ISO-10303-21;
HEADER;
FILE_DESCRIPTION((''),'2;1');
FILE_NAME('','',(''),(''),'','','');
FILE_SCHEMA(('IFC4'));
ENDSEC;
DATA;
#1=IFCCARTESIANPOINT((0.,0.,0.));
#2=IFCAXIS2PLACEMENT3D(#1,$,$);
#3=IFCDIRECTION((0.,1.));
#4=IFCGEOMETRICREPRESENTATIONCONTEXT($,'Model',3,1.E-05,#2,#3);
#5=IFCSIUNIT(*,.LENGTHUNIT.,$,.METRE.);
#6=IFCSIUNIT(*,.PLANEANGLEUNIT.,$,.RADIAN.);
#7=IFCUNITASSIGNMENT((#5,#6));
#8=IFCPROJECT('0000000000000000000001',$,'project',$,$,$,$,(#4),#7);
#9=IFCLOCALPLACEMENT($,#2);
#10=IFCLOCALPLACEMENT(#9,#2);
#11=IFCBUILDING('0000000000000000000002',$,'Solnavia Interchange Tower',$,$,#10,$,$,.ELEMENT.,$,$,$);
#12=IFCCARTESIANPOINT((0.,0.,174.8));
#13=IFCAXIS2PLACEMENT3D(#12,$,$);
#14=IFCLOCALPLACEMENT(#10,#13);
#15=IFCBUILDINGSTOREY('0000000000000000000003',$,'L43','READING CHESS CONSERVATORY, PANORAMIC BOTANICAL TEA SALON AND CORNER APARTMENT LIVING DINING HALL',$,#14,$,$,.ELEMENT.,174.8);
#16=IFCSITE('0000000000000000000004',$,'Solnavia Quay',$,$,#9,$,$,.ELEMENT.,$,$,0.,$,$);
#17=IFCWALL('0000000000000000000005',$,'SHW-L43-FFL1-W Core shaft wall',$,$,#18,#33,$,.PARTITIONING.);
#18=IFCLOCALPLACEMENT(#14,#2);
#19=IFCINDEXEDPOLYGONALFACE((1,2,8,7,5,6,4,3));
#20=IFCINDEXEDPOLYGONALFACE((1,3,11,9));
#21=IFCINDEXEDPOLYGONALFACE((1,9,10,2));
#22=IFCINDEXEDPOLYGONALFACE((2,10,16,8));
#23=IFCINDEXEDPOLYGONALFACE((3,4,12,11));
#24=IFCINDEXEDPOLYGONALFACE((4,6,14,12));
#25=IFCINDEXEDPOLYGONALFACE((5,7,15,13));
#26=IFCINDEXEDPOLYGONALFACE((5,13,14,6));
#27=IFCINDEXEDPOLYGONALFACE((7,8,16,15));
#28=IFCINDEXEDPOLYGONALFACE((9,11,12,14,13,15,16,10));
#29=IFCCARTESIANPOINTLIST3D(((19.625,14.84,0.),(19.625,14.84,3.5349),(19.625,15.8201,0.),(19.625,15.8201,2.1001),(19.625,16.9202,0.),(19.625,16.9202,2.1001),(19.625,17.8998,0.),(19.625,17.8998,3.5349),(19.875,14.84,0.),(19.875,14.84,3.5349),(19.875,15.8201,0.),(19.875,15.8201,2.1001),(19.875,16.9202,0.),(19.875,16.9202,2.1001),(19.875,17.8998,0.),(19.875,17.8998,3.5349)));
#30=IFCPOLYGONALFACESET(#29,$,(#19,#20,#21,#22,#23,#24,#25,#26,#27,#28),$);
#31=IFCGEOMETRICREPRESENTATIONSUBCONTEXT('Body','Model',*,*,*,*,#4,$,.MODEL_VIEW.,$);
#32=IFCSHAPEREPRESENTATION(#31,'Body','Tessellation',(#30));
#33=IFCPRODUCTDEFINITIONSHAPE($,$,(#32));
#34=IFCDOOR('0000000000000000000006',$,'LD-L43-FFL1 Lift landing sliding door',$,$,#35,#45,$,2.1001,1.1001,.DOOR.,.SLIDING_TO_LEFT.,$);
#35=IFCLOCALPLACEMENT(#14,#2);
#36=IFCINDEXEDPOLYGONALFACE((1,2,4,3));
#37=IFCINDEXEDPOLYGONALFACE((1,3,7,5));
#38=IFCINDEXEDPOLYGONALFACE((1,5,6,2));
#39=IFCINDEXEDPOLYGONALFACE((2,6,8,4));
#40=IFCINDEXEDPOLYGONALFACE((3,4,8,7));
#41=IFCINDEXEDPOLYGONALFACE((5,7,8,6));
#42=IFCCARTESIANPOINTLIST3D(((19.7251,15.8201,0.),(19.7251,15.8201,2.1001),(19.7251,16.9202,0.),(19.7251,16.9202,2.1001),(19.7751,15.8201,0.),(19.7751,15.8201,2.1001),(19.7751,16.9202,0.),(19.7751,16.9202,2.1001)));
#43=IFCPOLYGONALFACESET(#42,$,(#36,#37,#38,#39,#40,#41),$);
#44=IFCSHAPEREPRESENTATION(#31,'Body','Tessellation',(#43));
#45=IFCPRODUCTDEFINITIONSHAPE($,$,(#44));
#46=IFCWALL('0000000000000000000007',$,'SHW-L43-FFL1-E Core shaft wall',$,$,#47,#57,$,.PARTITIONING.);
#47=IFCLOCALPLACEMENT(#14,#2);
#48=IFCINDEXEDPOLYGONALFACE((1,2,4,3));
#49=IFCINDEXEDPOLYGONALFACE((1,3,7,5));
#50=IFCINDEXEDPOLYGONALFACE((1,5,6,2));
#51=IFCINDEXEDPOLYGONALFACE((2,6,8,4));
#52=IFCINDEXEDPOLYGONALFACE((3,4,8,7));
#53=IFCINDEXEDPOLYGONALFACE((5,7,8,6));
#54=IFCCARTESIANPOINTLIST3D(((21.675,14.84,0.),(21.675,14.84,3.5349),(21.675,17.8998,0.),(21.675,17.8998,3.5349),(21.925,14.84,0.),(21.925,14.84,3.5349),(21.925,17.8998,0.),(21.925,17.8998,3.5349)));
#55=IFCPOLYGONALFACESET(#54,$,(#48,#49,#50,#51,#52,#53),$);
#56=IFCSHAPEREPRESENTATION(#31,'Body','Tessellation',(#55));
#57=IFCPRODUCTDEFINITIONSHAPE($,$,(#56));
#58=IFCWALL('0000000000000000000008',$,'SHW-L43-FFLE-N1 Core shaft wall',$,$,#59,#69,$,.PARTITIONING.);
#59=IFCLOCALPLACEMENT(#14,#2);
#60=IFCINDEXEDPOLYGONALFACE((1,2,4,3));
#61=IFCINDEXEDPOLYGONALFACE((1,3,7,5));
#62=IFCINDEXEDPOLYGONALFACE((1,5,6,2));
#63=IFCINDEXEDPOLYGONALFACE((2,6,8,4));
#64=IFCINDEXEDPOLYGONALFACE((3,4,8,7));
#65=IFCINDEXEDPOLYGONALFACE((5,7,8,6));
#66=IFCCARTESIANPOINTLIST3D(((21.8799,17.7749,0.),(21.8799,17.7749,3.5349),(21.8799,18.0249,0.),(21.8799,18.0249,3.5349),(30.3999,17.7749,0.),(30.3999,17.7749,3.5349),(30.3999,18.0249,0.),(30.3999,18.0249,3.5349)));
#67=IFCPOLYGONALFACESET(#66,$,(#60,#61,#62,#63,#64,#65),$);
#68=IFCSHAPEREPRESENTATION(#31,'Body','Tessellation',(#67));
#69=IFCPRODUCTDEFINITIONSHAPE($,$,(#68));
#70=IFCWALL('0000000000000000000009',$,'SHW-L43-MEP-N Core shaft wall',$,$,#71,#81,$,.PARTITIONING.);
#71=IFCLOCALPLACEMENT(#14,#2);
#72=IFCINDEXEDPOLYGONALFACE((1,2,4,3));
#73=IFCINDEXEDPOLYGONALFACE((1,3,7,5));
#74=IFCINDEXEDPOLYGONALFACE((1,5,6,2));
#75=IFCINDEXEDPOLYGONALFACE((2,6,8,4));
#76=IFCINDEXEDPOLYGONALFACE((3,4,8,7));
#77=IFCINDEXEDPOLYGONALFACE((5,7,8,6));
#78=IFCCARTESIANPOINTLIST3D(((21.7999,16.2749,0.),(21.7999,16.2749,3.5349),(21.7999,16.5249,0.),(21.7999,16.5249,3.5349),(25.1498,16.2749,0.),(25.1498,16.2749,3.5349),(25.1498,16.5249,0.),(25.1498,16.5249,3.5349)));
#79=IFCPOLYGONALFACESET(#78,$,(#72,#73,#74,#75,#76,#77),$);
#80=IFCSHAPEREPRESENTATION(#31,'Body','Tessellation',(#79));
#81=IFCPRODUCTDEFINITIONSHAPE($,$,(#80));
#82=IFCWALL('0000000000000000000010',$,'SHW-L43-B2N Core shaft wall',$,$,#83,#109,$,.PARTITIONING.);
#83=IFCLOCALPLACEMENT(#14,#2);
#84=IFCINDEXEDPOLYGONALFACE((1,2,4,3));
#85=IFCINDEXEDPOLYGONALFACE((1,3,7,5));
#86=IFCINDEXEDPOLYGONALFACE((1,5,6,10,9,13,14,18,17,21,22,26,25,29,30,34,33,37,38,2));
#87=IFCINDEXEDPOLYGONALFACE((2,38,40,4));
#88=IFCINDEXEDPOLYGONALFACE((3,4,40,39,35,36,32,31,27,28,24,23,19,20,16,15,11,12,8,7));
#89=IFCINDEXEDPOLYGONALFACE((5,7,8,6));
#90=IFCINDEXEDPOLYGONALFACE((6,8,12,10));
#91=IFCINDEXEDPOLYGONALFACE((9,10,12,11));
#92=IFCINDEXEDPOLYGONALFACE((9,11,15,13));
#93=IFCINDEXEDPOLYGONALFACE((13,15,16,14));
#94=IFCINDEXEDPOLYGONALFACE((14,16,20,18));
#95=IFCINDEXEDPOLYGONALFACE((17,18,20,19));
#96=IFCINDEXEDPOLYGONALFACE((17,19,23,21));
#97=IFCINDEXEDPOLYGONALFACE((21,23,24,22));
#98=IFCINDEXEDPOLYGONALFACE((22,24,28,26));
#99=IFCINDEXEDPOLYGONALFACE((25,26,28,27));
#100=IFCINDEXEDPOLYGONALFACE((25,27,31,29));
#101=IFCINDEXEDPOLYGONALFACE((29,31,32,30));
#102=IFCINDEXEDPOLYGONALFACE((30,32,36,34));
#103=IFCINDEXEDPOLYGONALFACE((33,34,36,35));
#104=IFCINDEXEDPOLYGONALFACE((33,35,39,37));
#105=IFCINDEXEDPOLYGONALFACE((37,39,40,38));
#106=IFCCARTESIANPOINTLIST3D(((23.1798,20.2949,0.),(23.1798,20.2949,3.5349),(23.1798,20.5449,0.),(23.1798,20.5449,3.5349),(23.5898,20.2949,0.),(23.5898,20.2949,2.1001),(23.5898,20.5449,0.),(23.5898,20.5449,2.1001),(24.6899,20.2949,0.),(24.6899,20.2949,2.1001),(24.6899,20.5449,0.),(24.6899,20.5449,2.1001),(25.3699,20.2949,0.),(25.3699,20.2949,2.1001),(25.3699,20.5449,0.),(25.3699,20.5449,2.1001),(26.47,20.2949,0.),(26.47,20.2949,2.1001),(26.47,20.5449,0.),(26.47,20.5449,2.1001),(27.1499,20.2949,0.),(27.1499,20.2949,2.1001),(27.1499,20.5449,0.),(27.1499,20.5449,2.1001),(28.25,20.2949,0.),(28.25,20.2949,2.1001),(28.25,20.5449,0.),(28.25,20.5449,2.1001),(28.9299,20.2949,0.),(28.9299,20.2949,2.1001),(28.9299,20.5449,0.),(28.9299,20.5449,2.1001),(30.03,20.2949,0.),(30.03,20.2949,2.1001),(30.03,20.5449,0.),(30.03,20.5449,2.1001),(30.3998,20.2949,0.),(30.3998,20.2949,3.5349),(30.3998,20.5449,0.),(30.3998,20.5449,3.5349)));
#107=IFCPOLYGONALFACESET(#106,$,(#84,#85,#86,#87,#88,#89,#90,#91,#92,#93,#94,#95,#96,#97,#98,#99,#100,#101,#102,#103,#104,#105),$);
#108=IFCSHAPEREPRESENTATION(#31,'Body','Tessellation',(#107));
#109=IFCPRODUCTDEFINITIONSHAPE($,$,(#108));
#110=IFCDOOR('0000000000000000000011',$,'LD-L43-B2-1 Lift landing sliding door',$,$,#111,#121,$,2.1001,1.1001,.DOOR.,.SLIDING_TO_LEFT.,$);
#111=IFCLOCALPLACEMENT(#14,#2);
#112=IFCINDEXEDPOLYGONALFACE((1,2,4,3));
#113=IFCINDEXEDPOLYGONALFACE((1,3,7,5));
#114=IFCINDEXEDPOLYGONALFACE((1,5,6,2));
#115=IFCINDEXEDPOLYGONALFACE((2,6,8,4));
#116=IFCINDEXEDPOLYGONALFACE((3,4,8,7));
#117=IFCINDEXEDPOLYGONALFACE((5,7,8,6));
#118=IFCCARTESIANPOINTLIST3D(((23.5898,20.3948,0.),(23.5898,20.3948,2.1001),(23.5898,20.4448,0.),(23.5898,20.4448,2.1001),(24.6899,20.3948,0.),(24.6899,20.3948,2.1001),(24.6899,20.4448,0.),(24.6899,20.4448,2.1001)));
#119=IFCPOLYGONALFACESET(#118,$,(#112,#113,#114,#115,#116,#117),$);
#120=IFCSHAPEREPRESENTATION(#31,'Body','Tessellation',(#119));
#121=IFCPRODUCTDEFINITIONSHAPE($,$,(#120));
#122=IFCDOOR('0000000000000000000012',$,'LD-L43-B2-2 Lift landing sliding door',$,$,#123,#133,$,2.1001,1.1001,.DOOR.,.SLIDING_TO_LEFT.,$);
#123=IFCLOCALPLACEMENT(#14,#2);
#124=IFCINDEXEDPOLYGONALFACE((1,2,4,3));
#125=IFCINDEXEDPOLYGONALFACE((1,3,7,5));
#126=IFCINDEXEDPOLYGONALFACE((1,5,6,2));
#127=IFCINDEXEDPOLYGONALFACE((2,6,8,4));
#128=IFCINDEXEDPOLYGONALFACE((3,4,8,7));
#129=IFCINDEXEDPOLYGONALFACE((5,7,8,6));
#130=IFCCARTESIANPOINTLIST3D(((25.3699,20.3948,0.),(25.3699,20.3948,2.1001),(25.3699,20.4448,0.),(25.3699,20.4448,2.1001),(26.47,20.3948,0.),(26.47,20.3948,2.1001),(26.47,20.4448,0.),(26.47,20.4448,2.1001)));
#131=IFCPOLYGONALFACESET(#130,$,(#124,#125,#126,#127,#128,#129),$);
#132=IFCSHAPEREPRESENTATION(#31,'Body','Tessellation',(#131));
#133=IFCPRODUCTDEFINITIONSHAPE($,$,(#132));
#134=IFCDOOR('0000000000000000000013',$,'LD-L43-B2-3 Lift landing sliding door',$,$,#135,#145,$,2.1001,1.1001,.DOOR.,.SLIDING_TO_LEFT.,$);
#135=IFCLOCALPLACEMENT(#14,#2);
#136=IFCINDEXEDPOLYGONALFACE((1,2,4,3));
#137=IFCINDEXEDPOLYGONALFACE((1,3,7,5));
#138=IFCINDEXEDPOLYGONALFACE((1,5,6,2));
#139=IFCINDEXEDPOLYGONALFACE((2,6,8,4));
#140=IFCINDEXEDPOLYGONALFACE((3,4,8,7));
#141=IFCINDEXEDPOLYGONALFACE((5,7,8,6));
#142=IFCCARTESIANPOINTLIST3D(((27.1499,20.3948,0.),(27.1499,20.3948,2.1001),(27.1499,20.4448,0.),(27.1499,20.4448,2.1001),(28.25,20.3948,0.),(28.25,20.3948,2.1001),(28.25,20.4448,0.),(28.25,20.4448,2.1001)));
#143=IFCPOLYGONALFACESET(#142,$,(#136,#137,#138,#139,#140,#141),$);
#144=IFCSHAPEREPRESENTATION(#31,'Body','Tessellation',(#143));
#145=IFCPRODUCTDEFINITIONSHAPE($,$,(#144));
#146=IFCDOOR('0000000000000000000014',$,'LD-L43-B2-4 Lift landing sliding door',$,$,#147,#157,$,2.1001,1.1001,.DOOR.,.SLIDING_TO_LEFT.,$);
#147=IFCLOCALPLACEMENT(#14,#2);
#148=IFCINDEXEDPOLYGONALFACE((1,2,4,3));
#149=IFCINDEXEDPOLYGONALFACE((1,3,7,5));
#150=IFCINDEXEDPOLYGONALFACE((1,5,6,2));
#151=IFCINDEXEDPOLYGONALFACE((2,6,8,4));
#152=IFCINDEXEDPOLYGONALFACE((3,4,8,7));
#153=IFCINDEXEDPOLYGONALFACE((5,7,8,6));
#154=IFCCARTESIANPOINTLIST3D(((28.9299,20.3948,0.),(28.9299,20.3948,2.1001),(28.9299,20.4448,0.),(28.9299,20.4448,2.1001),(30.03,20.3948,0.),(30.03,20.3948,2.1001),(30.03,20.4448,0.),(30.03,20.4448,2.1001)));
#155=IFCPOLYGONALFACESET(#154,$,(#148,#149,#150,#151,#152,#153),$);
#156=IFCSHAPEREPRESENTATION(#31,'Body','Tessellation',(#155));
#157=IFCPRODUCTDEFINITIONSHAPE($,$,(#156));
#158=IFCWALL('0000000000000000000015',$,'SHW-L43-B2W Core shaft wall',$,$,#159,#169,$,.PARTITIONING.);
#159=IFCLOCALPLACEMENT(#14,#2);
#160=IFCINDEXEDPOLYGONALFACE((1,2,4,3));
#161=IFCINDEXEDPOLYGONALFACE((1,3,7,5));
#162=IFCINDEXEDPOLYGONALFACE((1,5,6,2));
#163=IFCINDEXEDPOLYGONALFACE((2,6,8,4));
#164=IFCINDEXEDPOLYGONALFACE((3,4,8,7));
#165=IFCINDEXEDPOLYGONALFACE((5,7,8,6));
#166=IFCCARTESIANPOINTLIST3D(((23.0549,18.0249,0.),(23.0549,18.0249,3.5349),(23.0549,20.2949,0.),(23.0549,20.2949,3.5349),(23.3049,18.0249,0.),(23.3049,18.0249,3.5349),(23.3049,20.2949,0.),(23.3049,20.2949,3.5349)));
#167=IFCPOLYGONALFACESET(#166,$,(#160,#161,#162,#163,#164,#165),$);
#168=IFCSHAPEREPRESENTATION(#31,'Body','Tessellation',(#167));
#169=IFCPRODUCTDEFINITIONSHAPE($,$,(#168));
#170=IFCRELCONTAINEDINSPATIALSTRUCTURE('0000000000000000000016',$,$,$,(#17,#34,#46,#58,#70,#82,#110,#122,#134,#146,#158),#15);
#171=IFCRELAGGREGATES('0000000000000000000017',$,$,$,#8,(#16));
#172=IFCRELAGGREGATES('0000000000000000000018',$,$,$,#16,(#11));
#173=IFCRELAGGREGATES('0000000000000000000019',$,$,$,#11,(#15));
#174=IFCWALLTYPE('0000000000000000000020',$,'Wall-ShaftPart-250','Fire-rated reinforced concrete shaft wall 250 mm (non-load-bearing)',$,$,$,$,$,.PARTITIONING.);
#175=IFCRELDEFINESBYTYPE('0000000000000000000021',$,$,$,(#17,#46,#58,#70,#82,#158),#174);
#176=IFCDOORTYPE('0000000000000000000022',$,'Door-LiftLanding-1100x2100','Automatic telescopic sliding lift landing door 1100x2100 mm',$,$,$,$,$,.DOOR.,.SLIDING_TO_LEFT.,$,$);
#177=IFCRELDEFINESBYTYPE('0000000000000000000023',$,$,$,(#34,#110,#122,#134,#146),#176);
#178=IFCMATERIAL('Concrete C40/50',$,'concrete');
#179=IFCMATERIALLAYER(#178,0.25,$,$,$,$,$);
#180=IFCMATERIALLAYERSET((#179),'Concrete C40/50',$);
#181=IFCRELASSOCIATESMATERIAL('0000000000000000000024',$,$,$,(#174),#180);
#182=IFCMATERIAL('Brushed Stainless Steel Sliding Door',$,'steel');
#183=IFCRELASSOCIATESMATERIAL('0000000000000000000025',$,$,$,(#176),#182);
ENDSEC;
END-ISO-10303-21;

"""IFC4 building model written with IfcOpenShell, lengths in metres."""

from ifc_helpers import new_model, si_unit, direction, frame, frame_2d, origin, place, context, subcontext, project, spatial, rectangle, extrude, material, layer, layer_set, type_object, element, fill, save


model = new_model("IFC4")

# Units and contexts
model_context = context("Model", 3, precision=1e-05, world=origin(), true_north=direction((0.0, 1.0)))
body_context = subcontext(model_context, "Body", "Model", "MODEL_VIEW")
ifc_project = project(units=[si_unit("LENGTHUNIT", "METRE"), si_unit("PLANEANGLEUNIT", "RADIAN")], contexts=[model_context])

# Site, building, storey
site_placement = place(None, origin())
site = spatial("IfcSite", under=ifc_project, at=site_placement, Name="Solnavia Quay", CompositionType="ELEMENT", RefElevation=0.0)
building_placement = place(site_placement, origin())
building = spatial("IfcBuilding", under=site, at=building_placement, Name="Solnavia Interchange Tower", CompositionType="ELEMENT")
storey_placement = place(building_placement, frame((0.0, 0.0, 174.8)))
storey = spatial("IfcBuildingStorey", under=building, at=storey_placement, Name="L43", Description="READING CHESS CONSERVATORY, PANORAMIC BOTANICAL TEA SALON AND CORNER APARTMENT LIVING DINING HALL", CompositionType="ELEMENT", Elevation=174.8)

# Shared definitions
ifc_material_1 = material(Name="Concrete C40/50", Category="concrete")

# Shared definitions
ifc_layer_1 = layer(ifc_material_1, 0.25)
ifc_layer_set_1 = layer_set([ifc_layer_1], Name="Concrete C40/50")
wall_type_1 = type_object("IfcWallType", Name="Wall-ShaftPart-250", Description="Fire-rated reinforced concrete shaft wall 250 mm (non-load-bearing)", PredefinedType="PARTITIONING", material=ifc_layer_set_1)

# Wall, opening, door
wall_1_placement = place(storey_placement, frame((19.75, 14.8401, 0.0), z_axis=(0.0, 0.0, 1.0), x_axis=(0.0, 1.0, 0.0)))
wall_1 = element("IfcWall", 1, at=wall_1_placement, inside=storey, type_object=wall_type_1, Name="SHW-L43-FFL1-W Core shaft wall", PredefinedType="PARTITIONING", context=body_context, shape_type="SweptSolid", body=[
    extrude(rectangle(XDim=3.0598, YDim=0.25, at=frame_2d((1.5298, 0.0))), origin(), (0.0, 0.0, 1.0), 3.5349),
])
opening_1_placement = place(wall_1_placement, frame((0.98, 0.0, 0.0)))
opening_1 = element("IfcOpeningElement", 2, at=opening_1_placement, cuts=wall_1, PredefinedType="OPENING", context=body_context, shape_type="SweptSolid", body=[
    extrude(rectangle(XDim=1.1001, YDim=2.1001, at=frame_2d((0.55, 1.05))), frame((0.0, 0.135, 0.0), z_axis=(0.0, -1.0, 0.0), x_axis=(1.0, 0.0, 0.0)), (0.0, 0.0, 1.0), 0.27),
])
ifc_material_2 = material(Name="Brushed Stainless Steel Sliding Door", Category="steel")
door_type_1 = type_object("IfcDoorType", Name="Door-LiftLanding-1100x2100", Description="Automatic telescopic sliding lift landing door 1100x2100 mm", OperationType="SLIDING_TO_LEFT", PredefinedType="DOOR", material=ifc_material_2)
door_1_placement = place(opening_1_placement, origin())
door_1 = element("IfcDoor", 3, at=door_1_placement, inside=storey, type_object=door_type_1, Name="LD-L43-FFL1 Lift landing sliding door", OperationType="SLIDING_TO_LEFT", OverallHeight=2.1001, OverallWidth=1.1001, PredefinedType="DOOR", context=body_context, shape_type="SweptSolid", body=[
    extrude(rectangle(XDim=1.1001, YDim=2.1001, at=frame_2d((0.55, 1.05))), frame((0.0, 0.0249, 0.0), z_axis=(0.0, -1.0, 0.0), x_axis=(1.0, 0.0, 0.0)), (0.0, 0.0, 1.0), 0.05),
])
fill(opening_1, door_1)

# Walls
wall_2_placement = place(storey_placement, frame((21.8, 14.8401, 0.0), z_axis=(0.0, 0.0, 1.0), x_axis=(0.0, 1.0, 0.0)))
element("IfcWall", 4, at=wall_2_placement, inside=storey, type_object=wall_type_1, Name="SHW-L43-FFL1-E Core shaft wall", PredefinedType="PARTITIONING", context=body_context, shape_type="SweptSolid", body=[
    extrude(rectangle(XDim=3.0598, YDim=0.25, at=frame_2d((1.5298, 0.0))), origin(), (0.0, 0.0, 1.0), 3.5349),
])
wall_3_placement = place(storey_placement, frame((21.8799, 17.8999, 0.0), z_axis=(0.0, 0.0, 1.0), x_axis=(1.0, 0.0, 0.0)))
element("IfcWall", 5, at=wall_3_placement, inside=storey, type_object=wall_type_1, Name="SHW-L43-FFLE-N1 Core shaft wall", PredefinedType="PARTITIONING", context=body_context, shape_type="SweptSolid", body=[
    extrude(rectangle(XDim=8.52, YDim=0.25, at=frame_2d((4.26, 0.0))), origin(), (0.0, 0.0, 1.0), 3.5349),
])
wall_4_placement = place(storey_placement, frame((21.8, 16.3999, 0.0), z_axis=(0.0, 0.0, 1.0), x_axis=(1.0, 0.0, 0.0)))
element("IfcWall", 6, at=wall_4_placement, inside=storey, type_object=wall_type_1, Name="SHW-L43-MEP-N Core shaft wall", PredefinedType="PARTITIONING", context=body_context, shape_type="SweptSolid", body=[
    extrude(rectangle(XDim=3.3499, YDim=0.25, at=frame_2d((1.6748, 0.0))), origin(), (0.0, 0.0, 1.0), 3.5349),
])

# Wall, openings, doors
wall_5_placement = place(storey_placement, frame((23.1799, 20.4199, 0.0), z_axis=(0.0, 0.0, 1.0), x_axis=(1.0, 0.0, 0.0)))
wall_5 = element("IfcWall", 7, at=wall_5_placement, inside=storey, type_object=wall_type_1, Name="SHW-L43-B2N Core shaft wall", PredefinedType="PARTITIONING", context=body_context, shape_type="SweptSolid", body=[
    extrude(rectangle(XDim=7.22, YDim=0.25, at=frame_2d((3.6099, 0.0))), origin(), (0.0, 0.0, 1.0), 3.5349),
])
opening_2_placement = place(wall_5_placement, frame((0.4099, 0.0, 0.0)))
opening_2 = element("IfcOpeningElement", 8, at=opening_2_placement, cuts=wall_5, PredefinedType="OPENING", context=body_context, shape_type="SweptSolid", body=[
    extrude(rectangle(XDim=1.1001, YDim=2.1001, at=frame_2d((0.55, 1.05))), frame((0.0, 0.135, 0.0), z_axis=(0.0, -1.0, 0.0), x_axis=(1.0, 0.0, 0.0)), (0.0, 0.0, 1.0), 0.27),
])
opening_3_placement = place(wall_5_placement, frame((2.1899, 0.0, 0.0)))
opening_3 = element("IfcOpeningElement", 9, at=opening_3_placement, cuts=wall_5, PredefinedType="OPENING", context=body_context, shape_type="SweptSolid", body=[
    extrude(rectangle(XDim=1.1001, YDim=2.1001, at=frame_2d((0.55, 1.05))), frame((0.0, 0.135, 0.0), z_axis=(0.0, -1.0, 0.0), x_axis=(1.0, 0.0, 0.0)), (0.0, 0.0, 1.0), 0.27),
])
opening_4_placement = place(wall_5_placement, frame((3.97, 0.0, 0.0)))
opening_4 = element("IfcOpeningElement", 10, at=opening_4_placement, cuts=wall_5, PredefinedType="OPENING", context=body_context, shape_type="SweptSolid", body=[
    extrude(rectangle(XDim=1.1001, YDim=2.1001, at=frame_2d((0.55, 1.05))), frame((0.0, 0.135, 0.0), z_axis=(0.0, -1.0, 0.0), x_axis=(1.0, 0.0, 0.0)), (0.0, 0.0, 1.0), 0.27),
])
opening_5_placement = place(wall_5_placement, frame((5.75, 0.0, 0.0)))
opening_5 = element("IfcOpeningElement", 11, at=opening_5_placement, cuts=wall_5, PredefinedType="OPENING", context=body_context, shape_type="SweptSolid", body=[
    extrude(rectangle(XDim=1.1001, YDim=2.1001, at=frame_2d((0.55, 1.05))), frame((0.0, 0.135, 0.0), z_axis=(0.0, -1.0, 0.0), x_axis=(1.0, 0.0, 0.0)), (0.0, 0.0, 1.0), 0.27),
])
door_2_placement = place(opening_2_placement, origin())
door_2 = element("IfcDoor", 12, at=door_2_placement, inside=storey, type_object=door_type_1, Name="LD-L43-B2-1 Lift landing sliding door", OperationType="SLIDING_TO_LEFT", OverallHeight=2.1001, OverallWidth=1.1001, PredefinedType="DOOR", context=body_context, shape_type="SweptSolid", body=[
    extrude(rectangle(XDim=1.1001, YDim=2.1001, at=frame_2d((0.55, 1.05))), frame((0.0, 0.0249, 0.0), z_axis=(0.0, -1.0, 0.0), x_axis=(1.0, 0.0, 0.0)), (0.0, 0.0, 1.0), 0.05),
])
fill(opening_2, door_2)
door_3_placement = place(opening_3_placement, origin())
door_3 = element("IfcDoor", 13, at=door_3_placement, inside=storey, type_object=door_type_1, Name="LD-L43-B2-2 Lift landing sliding door", OperationType="SLIDING_TO_LEFT", OverallHeight=2.1001, OverallWidth=1.1001, PredefinedType="DOOR", context=body_context, shape_type="SweptSolid", body=[
    extrude(rectangle(XDim=1.1001, YDim=2.1001, at=frame_2d((0.55, 1.05))), frame((0.0, 0.0249, 0.0), z_axis=(0.0, -1.0, 0.0), x_axis=(1.0, 0.0, 0.0)), (0.0, 0.0, 1.0), 0.05),
])
fill(opening_3, door_3)
door_4_placement = place(opening_4_placement, origin())
door_4 = element("IfcDoor", 14, at=door_4_placement, inside=storey, type_object=door_type_1, Name="LD-L43-B2-3 Lift landing sliding door", OperationType="SLIDING_TO_LEFT", OverallHeight=2.1001, OverallWidth=1.1001, PredefinedType="DOOR", context=body_context, shape_type="SweptSolid", body=[
    extrude(rectangle(XDim=1.1001, YDim=2.1001, at=frame_2d((0.55, 1.05))), frame((0.0, 0.0249, 0.0), z_axis=(0.0, -1.0, 0.0), x_axis=(1.0, 0.0, 0.0)), (0.0, 0.0, 1.0), 0.05),
])
fill(opening_4, door_4)
door_5_placement = place(opening_5_placement, origin())
door_5 = element("IfcDoor", 15, at=door_5_placement, inside=storey, type_object=door_type_1, Name="LD-L43-B2-4 Lift landing sliding door", OperationType="SLIDING_TO_LEFT", OverallHeight=2.1001, OverallWidth=1.1001, PredefinedType="DOOR", context=body_context, shape_type="SweptSolid", body=[
    extrude(rectangle(XDim=1.1001, YDim=2.1001, at=frame_2d((0.55, 1.05))), frame((0.0, 0.0249, 0.0), z_axis=(0.0, -1.0, 0.0), x_axis=(1.0, 0.0, 0.0)), (0.0, 0.0, 1.0), 0.05),
])
fill(opening_5, door_5)

# Wall
wall_6_placement = place(storey_placement, frame((23.1799, 18.0249, 0.0), z_axis=(0.0, 0.0, 1.0), x_axis=(0.0, 1.0, 0.0)))
element("IfcWall", 16, at=wall_6_placement, inside=storey, type_object=wall_type_1, Name="SHW-L43-B2W Core shaft wall", PredefinedType="PARTITIONING", context=body_context, shape_type="SweptSolid", body=[
    extrude(rectangle(XDim=2.27, YDim=0.25, at=frame_2d((1.135, 0.0))), origin(), (0.0, 0.0, 1.0), 3.5349),
])

save(model, "model.ifc")
